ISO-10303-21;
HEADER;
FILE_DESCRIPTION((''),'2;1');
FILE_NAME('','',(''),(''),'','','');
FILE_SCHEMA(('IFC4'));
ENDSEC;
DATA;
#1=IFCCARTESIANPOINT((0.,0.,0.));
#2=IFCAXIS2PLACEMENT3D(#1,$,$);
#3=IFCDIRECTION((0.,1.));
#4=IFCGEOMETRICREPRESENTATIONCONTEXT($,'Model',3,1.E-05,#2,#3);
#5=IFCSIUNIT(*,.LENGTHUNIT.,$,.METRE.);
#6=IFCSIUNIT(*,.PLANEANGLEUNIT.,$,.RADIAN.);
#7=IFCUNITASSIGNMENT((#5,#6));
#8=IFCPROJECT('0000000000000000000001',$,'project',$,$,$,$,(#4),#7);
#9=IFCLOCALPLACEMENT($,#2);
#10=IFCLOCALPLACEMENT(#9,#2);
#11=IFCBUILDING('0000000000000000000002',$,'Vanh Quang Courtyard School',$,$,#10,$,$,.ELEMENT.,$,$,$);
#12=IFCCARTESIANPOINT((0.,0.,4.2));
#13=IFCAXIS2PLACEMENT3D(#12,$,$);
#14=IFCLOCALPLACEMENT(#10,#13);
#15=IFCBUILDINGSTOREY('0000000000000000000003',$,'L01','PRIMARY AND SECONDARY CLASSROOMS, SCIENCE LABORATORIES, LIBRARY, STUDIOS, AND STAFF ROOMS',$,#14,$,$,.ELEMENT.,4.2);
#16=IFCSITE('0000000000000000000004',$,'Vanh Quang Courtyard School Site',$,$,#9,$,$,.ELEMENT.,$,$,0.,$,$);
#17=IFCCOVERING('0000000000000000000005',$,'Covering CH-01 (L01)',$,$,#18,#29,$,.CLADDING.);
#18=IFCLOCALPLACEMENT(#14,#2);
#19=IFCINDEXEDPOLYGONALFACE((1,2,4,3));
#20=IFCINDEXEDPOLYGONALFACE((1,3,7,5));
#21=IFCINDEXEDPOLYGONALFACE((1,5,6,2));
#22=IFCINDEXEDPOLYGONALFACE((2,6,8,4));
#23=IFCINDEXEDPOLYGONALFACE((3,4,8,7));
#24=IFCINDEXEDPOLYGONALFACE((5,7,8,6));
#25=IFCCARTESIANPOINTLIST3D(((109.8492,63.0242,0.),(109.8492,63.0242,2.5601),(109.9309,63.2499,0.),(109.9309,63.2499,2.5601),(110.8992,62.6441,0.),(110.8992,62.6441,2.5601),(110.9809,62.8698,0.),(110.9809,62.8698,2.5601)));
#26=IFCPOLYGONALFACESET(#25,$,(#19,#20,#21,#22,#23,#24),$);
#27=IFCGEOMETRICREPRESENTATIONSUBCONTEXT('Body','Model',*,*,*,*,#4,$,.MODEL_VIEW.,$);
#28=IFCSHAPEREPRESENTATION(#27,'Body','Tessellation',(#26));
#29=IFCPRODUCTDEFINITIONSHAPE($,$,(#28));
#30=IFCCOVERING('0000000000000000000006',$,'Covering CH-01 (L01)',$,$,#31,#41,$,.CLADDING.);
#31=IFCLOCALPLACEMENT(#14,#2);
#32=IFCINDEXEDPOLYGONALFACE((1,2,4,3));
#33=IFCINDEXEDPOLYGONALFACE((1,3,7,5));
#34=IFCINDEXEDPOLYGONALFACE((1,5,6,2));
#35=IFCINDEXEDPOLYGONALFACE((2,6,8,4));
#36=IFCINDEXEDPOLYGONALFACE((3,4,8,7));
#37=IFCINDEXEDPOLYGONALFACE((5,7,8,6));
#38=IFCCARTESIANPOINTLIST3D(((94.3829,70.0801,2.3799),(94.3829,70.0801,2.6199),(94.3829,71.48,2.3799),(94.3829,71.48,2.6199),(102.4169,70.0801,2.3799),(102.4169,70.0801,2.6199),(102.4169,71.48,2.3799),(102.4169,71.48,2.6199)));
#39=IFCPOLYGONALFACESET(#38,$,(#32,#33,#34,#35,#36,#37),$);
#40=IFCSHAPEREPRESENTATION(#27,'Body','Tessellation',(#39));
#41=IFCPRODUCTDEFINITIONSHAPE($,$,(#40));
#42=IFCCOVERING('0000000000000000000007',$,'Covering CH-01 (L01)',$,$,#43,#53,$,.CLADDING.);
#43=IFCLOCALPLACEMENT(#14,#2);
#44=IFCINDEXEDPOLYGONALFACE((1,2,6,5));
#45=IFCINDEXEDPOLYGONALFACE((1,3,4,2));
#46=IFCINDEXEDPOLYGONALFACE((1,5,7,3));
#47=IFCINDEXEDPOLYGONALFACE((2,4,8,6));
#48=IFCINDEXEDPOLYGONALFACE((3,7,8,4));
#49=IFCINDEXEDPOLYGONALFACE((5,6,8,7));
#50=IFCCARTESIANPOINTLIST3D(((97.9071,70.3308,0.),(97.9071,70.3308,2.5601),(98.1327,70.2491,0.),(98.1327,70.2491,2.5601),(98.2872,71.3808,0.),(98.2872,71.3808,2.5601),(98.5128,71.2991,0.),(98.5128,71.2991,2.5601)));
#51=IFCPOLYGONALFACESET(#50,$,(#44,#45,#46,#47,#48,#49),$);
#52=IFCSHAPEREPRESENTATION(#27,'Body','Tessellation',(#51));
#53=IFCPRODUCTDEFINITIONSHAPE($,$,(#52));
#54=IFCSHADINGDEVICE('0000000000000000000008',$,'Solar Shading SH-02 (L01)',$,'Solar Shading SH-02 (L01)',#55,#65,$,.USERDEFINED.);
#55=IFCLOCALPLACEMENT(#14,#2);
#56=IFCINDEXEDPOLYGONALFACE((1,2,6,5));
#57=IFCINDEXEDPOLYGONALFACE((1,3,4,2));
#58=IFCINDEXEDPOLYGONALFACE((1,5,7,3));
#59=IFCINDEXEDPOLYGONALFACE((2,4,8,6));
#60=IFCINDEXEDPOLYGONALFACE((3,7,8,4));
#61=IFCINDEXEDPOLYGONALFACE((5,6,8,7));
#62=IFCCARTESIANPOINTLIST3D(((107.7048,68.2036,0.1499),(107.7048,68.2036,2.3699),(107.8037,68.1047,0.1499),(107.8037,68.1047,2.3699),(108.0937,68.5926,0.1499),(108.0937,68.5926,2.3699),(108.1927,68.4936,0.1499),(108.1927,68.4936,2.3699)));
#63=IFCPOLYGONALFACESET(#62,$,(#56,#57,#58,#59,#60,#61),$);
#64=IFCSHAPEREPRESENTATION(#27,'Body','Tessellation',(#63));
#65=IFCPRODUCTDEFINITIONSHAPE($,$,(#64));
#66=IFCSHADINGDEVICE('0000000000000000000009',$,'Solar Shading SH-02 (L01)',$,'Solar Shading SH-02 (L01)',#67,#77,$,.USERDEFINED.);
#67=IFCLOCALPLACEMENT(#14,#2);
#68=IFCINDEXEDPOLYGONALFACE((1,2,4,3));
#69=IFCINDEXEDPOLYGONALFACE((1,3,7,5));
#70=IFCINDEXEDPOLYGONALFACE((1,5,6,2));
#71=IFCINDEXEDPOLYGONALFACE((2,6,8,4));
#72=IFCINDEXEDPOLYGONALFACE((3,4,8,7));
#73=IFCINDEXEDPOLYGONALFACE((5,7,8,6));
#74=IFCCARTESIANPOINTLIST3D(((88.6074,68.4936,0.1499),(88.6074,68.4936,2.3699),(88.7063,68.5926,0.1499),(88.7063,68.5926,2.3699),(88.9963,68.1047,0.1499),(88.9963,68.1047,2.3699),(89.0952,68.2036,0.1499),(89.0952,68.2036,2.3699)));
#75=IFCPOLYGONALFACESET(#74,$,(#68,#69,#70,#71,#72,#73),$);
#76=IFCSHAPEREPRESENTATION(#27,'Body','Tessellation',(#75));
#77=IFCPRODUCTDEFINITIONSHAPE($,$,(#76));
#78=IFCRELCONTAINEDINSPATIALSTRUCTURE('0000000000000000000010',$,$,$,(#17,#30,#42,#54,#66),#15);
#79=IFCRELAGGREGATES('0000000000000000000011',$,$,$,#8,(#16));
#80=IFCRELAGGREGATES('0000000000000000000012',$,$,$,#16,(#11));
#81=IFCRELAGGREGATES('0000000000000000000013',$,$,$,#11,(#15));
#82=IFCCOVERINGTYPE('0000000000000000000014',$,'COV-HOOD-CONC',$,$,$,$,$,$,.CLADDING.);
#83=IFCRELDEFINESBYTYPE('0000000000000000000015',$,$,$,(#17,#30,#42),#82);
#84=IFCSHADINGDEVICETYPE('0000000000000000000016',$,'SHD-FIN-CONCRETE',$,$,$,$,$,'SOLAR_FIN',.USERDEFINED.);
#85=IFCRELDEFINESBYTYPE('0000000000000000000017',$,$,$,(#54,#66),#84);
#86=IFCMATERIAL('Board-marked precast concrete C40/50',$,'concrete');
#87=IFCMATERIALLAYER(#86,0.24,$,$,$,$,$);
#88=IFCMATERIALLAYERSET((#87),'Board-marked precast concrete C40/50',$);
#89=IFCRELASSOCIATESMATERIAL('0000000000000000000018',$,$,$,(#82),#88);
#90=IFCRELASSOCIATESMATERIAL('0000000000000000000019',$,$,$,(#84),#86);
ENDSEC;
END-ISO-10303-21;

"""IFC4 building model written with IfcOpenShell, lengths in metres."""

from ifc_helpers import new_model, si_unit, direction, frame, origin, origin_2d, place, context, subcontext, project, spatial, rectangle, extrude, material, layer, layer_set, type_object, element, save


model = new_model("IFC4")

# Units and contexts
model_context = context("Model", 3, precision=1e-05, world=origin(), true_north=direction((0.0, 1.0)))
body_context = subcontext(model_context, "Body", "Model", "MODEL_VIEW")
ifc_project = project(units=[si_unit("LENGTHUNIT", "METRE"), si_unit("PLANEANGLEUNIT", "RADIAN")], contexts=[model_context])

# Site, building, storey
site_placement = place(None, origin())
site = spatial("IfcSite", under=ifc_project, at=site_placement, Name="Vanh Quang Courtyard School Site", CompositionType="ELEMENT", RefElevation=0.0)
building_placement = place(site_placement, origin())
building = spatial("IfcBuilding", under=site, at=building_placement, Name="Vanh Quang Courtyard School", CompositionType="ELEMENT")
storey_placement = place(building_placement, frame((0.0, 0.0, 4.2)))
storey = spatial("IfcBuildingStorey", under=building, at=storey_placement, Name="L01", Description="PRIMARY AND SECONDARY CLASSROOMS, SCIENCE LABORATORIES, LIBRARY, STUDIOS, AND STAFF ROOMS", CompositionType="ELEMENT", Elevation=4.2)

# Coverings
ifc_material_1 = material(Name="Board-marked precast concrete C40/50", Category="concrete")
ifc_layer_1 = layer(ifc_material_1, 0.24)
ifc_layer_set_1 = layer_set([ifc_layer_1], Name="Board-marked precast concrete C40/50")
covering_type = type_object("IfcCoveringType", Name="COV-HOOD-CONC", PredefinedType="CLADDING", material=ifc_layer_set_1)
covering_1_placement = place(storey_placement, frame((110.415, 62.947, 0.0), z_axis=(0.0, 0.0, 1.0), x_axis=(-0.940288, 0.34038, 0.0)))
element("IfcCovering", 1, at=covering_1_placement, inside=storey, type_object=covering_type, Name="Covering CH-01 (L01)", PredefinedType="CLADDING", context=body_context, shape_type="SweptSolid", body=[
    extrude(rectangle(XDim=1.1167, YDim=0.24, at=origin_2d()), origin(), (0.0, 0.0, 1.0), 2.5601),
])
covering_2_placement = place(storey_placement, frame((98.3999, 70.78, 2.3799), z_axis=(0.0, 0.0, 1.0), x_axis=(-1.0, 0.0, 0.0)))
element("IfcCovering", 2, at=covering_2_placement, inside=storey, type_object=covering_type, Name="Covering CH-01 (L01)", PredefinedType="CLADDING", context=body_context, shape_type="SweptSolid", body=[
    extrude(rectangle(XDim=8.0339, YDim=1.3999, at=origin_2d()), origin(), (0.0, 0.0, 1.0), 0.24),
])
covering_3_placement = place(storey_placement, frame((98.21, 70.8149, 0.0), z_axis=(0.0, 0.0, 1.0), x_axis=(-0.34038, -0.940288, 0.0)))
element("IfcCovering", 3, at=covering_3_placement, inside=storey, type_object=covering_type, Name="Covering CH-01 (L01)", PredefinedType="CLADDING", context=body_context, shape_type="SweptSolid", body=[
    extrude(rectangle(XDim=1.1167, YDim=0.24, at=origin_2d()), origin(), (0.0, 0.0, 1.0), 2.5601),
])

# Shading devices
shading_device_type = type_object("IfcShadingDeviceType", Name="SHD-FIN-CONCRETE", ElementType="SOLAR_FIN", PredefinedType="USERDEFINED", material=ifc_material_1)
for number, where, z_axis, x_axis, name in (
    (4, (107.9487, 68.3486, 0.1499), (0.0, 0.0, 1.0), (-0.707107, 0.707107, 0.0), "Solar Shading SH-02 (L01)"),
    (5, (88.8513, 68.3486, 0.1499), (0.0, 0.0, 1.0), (-0.707107, -0.707107, 0.0), "Solar Shading SH-02 (L01)"),
):
    element("IfcShadingDevice", number, at=place(storey_placement, frame(where, z_axis=z_axis, x_axis=x_axis)), inside=storey, type_object=shading_device_type, Name=name, ObjectType="Solar Shading SH-02 (L01)", PredefinedType="USERDEFINED", context=body_context, shape_type="SweptSolid", body=[
        extrude(rectangle(XDim=0.1399, YDim=0.55, at=origin_2d()), origin(), (0.0, 0.0, 1.0), 2.22),
    ])

save(model, "model.ifc")
